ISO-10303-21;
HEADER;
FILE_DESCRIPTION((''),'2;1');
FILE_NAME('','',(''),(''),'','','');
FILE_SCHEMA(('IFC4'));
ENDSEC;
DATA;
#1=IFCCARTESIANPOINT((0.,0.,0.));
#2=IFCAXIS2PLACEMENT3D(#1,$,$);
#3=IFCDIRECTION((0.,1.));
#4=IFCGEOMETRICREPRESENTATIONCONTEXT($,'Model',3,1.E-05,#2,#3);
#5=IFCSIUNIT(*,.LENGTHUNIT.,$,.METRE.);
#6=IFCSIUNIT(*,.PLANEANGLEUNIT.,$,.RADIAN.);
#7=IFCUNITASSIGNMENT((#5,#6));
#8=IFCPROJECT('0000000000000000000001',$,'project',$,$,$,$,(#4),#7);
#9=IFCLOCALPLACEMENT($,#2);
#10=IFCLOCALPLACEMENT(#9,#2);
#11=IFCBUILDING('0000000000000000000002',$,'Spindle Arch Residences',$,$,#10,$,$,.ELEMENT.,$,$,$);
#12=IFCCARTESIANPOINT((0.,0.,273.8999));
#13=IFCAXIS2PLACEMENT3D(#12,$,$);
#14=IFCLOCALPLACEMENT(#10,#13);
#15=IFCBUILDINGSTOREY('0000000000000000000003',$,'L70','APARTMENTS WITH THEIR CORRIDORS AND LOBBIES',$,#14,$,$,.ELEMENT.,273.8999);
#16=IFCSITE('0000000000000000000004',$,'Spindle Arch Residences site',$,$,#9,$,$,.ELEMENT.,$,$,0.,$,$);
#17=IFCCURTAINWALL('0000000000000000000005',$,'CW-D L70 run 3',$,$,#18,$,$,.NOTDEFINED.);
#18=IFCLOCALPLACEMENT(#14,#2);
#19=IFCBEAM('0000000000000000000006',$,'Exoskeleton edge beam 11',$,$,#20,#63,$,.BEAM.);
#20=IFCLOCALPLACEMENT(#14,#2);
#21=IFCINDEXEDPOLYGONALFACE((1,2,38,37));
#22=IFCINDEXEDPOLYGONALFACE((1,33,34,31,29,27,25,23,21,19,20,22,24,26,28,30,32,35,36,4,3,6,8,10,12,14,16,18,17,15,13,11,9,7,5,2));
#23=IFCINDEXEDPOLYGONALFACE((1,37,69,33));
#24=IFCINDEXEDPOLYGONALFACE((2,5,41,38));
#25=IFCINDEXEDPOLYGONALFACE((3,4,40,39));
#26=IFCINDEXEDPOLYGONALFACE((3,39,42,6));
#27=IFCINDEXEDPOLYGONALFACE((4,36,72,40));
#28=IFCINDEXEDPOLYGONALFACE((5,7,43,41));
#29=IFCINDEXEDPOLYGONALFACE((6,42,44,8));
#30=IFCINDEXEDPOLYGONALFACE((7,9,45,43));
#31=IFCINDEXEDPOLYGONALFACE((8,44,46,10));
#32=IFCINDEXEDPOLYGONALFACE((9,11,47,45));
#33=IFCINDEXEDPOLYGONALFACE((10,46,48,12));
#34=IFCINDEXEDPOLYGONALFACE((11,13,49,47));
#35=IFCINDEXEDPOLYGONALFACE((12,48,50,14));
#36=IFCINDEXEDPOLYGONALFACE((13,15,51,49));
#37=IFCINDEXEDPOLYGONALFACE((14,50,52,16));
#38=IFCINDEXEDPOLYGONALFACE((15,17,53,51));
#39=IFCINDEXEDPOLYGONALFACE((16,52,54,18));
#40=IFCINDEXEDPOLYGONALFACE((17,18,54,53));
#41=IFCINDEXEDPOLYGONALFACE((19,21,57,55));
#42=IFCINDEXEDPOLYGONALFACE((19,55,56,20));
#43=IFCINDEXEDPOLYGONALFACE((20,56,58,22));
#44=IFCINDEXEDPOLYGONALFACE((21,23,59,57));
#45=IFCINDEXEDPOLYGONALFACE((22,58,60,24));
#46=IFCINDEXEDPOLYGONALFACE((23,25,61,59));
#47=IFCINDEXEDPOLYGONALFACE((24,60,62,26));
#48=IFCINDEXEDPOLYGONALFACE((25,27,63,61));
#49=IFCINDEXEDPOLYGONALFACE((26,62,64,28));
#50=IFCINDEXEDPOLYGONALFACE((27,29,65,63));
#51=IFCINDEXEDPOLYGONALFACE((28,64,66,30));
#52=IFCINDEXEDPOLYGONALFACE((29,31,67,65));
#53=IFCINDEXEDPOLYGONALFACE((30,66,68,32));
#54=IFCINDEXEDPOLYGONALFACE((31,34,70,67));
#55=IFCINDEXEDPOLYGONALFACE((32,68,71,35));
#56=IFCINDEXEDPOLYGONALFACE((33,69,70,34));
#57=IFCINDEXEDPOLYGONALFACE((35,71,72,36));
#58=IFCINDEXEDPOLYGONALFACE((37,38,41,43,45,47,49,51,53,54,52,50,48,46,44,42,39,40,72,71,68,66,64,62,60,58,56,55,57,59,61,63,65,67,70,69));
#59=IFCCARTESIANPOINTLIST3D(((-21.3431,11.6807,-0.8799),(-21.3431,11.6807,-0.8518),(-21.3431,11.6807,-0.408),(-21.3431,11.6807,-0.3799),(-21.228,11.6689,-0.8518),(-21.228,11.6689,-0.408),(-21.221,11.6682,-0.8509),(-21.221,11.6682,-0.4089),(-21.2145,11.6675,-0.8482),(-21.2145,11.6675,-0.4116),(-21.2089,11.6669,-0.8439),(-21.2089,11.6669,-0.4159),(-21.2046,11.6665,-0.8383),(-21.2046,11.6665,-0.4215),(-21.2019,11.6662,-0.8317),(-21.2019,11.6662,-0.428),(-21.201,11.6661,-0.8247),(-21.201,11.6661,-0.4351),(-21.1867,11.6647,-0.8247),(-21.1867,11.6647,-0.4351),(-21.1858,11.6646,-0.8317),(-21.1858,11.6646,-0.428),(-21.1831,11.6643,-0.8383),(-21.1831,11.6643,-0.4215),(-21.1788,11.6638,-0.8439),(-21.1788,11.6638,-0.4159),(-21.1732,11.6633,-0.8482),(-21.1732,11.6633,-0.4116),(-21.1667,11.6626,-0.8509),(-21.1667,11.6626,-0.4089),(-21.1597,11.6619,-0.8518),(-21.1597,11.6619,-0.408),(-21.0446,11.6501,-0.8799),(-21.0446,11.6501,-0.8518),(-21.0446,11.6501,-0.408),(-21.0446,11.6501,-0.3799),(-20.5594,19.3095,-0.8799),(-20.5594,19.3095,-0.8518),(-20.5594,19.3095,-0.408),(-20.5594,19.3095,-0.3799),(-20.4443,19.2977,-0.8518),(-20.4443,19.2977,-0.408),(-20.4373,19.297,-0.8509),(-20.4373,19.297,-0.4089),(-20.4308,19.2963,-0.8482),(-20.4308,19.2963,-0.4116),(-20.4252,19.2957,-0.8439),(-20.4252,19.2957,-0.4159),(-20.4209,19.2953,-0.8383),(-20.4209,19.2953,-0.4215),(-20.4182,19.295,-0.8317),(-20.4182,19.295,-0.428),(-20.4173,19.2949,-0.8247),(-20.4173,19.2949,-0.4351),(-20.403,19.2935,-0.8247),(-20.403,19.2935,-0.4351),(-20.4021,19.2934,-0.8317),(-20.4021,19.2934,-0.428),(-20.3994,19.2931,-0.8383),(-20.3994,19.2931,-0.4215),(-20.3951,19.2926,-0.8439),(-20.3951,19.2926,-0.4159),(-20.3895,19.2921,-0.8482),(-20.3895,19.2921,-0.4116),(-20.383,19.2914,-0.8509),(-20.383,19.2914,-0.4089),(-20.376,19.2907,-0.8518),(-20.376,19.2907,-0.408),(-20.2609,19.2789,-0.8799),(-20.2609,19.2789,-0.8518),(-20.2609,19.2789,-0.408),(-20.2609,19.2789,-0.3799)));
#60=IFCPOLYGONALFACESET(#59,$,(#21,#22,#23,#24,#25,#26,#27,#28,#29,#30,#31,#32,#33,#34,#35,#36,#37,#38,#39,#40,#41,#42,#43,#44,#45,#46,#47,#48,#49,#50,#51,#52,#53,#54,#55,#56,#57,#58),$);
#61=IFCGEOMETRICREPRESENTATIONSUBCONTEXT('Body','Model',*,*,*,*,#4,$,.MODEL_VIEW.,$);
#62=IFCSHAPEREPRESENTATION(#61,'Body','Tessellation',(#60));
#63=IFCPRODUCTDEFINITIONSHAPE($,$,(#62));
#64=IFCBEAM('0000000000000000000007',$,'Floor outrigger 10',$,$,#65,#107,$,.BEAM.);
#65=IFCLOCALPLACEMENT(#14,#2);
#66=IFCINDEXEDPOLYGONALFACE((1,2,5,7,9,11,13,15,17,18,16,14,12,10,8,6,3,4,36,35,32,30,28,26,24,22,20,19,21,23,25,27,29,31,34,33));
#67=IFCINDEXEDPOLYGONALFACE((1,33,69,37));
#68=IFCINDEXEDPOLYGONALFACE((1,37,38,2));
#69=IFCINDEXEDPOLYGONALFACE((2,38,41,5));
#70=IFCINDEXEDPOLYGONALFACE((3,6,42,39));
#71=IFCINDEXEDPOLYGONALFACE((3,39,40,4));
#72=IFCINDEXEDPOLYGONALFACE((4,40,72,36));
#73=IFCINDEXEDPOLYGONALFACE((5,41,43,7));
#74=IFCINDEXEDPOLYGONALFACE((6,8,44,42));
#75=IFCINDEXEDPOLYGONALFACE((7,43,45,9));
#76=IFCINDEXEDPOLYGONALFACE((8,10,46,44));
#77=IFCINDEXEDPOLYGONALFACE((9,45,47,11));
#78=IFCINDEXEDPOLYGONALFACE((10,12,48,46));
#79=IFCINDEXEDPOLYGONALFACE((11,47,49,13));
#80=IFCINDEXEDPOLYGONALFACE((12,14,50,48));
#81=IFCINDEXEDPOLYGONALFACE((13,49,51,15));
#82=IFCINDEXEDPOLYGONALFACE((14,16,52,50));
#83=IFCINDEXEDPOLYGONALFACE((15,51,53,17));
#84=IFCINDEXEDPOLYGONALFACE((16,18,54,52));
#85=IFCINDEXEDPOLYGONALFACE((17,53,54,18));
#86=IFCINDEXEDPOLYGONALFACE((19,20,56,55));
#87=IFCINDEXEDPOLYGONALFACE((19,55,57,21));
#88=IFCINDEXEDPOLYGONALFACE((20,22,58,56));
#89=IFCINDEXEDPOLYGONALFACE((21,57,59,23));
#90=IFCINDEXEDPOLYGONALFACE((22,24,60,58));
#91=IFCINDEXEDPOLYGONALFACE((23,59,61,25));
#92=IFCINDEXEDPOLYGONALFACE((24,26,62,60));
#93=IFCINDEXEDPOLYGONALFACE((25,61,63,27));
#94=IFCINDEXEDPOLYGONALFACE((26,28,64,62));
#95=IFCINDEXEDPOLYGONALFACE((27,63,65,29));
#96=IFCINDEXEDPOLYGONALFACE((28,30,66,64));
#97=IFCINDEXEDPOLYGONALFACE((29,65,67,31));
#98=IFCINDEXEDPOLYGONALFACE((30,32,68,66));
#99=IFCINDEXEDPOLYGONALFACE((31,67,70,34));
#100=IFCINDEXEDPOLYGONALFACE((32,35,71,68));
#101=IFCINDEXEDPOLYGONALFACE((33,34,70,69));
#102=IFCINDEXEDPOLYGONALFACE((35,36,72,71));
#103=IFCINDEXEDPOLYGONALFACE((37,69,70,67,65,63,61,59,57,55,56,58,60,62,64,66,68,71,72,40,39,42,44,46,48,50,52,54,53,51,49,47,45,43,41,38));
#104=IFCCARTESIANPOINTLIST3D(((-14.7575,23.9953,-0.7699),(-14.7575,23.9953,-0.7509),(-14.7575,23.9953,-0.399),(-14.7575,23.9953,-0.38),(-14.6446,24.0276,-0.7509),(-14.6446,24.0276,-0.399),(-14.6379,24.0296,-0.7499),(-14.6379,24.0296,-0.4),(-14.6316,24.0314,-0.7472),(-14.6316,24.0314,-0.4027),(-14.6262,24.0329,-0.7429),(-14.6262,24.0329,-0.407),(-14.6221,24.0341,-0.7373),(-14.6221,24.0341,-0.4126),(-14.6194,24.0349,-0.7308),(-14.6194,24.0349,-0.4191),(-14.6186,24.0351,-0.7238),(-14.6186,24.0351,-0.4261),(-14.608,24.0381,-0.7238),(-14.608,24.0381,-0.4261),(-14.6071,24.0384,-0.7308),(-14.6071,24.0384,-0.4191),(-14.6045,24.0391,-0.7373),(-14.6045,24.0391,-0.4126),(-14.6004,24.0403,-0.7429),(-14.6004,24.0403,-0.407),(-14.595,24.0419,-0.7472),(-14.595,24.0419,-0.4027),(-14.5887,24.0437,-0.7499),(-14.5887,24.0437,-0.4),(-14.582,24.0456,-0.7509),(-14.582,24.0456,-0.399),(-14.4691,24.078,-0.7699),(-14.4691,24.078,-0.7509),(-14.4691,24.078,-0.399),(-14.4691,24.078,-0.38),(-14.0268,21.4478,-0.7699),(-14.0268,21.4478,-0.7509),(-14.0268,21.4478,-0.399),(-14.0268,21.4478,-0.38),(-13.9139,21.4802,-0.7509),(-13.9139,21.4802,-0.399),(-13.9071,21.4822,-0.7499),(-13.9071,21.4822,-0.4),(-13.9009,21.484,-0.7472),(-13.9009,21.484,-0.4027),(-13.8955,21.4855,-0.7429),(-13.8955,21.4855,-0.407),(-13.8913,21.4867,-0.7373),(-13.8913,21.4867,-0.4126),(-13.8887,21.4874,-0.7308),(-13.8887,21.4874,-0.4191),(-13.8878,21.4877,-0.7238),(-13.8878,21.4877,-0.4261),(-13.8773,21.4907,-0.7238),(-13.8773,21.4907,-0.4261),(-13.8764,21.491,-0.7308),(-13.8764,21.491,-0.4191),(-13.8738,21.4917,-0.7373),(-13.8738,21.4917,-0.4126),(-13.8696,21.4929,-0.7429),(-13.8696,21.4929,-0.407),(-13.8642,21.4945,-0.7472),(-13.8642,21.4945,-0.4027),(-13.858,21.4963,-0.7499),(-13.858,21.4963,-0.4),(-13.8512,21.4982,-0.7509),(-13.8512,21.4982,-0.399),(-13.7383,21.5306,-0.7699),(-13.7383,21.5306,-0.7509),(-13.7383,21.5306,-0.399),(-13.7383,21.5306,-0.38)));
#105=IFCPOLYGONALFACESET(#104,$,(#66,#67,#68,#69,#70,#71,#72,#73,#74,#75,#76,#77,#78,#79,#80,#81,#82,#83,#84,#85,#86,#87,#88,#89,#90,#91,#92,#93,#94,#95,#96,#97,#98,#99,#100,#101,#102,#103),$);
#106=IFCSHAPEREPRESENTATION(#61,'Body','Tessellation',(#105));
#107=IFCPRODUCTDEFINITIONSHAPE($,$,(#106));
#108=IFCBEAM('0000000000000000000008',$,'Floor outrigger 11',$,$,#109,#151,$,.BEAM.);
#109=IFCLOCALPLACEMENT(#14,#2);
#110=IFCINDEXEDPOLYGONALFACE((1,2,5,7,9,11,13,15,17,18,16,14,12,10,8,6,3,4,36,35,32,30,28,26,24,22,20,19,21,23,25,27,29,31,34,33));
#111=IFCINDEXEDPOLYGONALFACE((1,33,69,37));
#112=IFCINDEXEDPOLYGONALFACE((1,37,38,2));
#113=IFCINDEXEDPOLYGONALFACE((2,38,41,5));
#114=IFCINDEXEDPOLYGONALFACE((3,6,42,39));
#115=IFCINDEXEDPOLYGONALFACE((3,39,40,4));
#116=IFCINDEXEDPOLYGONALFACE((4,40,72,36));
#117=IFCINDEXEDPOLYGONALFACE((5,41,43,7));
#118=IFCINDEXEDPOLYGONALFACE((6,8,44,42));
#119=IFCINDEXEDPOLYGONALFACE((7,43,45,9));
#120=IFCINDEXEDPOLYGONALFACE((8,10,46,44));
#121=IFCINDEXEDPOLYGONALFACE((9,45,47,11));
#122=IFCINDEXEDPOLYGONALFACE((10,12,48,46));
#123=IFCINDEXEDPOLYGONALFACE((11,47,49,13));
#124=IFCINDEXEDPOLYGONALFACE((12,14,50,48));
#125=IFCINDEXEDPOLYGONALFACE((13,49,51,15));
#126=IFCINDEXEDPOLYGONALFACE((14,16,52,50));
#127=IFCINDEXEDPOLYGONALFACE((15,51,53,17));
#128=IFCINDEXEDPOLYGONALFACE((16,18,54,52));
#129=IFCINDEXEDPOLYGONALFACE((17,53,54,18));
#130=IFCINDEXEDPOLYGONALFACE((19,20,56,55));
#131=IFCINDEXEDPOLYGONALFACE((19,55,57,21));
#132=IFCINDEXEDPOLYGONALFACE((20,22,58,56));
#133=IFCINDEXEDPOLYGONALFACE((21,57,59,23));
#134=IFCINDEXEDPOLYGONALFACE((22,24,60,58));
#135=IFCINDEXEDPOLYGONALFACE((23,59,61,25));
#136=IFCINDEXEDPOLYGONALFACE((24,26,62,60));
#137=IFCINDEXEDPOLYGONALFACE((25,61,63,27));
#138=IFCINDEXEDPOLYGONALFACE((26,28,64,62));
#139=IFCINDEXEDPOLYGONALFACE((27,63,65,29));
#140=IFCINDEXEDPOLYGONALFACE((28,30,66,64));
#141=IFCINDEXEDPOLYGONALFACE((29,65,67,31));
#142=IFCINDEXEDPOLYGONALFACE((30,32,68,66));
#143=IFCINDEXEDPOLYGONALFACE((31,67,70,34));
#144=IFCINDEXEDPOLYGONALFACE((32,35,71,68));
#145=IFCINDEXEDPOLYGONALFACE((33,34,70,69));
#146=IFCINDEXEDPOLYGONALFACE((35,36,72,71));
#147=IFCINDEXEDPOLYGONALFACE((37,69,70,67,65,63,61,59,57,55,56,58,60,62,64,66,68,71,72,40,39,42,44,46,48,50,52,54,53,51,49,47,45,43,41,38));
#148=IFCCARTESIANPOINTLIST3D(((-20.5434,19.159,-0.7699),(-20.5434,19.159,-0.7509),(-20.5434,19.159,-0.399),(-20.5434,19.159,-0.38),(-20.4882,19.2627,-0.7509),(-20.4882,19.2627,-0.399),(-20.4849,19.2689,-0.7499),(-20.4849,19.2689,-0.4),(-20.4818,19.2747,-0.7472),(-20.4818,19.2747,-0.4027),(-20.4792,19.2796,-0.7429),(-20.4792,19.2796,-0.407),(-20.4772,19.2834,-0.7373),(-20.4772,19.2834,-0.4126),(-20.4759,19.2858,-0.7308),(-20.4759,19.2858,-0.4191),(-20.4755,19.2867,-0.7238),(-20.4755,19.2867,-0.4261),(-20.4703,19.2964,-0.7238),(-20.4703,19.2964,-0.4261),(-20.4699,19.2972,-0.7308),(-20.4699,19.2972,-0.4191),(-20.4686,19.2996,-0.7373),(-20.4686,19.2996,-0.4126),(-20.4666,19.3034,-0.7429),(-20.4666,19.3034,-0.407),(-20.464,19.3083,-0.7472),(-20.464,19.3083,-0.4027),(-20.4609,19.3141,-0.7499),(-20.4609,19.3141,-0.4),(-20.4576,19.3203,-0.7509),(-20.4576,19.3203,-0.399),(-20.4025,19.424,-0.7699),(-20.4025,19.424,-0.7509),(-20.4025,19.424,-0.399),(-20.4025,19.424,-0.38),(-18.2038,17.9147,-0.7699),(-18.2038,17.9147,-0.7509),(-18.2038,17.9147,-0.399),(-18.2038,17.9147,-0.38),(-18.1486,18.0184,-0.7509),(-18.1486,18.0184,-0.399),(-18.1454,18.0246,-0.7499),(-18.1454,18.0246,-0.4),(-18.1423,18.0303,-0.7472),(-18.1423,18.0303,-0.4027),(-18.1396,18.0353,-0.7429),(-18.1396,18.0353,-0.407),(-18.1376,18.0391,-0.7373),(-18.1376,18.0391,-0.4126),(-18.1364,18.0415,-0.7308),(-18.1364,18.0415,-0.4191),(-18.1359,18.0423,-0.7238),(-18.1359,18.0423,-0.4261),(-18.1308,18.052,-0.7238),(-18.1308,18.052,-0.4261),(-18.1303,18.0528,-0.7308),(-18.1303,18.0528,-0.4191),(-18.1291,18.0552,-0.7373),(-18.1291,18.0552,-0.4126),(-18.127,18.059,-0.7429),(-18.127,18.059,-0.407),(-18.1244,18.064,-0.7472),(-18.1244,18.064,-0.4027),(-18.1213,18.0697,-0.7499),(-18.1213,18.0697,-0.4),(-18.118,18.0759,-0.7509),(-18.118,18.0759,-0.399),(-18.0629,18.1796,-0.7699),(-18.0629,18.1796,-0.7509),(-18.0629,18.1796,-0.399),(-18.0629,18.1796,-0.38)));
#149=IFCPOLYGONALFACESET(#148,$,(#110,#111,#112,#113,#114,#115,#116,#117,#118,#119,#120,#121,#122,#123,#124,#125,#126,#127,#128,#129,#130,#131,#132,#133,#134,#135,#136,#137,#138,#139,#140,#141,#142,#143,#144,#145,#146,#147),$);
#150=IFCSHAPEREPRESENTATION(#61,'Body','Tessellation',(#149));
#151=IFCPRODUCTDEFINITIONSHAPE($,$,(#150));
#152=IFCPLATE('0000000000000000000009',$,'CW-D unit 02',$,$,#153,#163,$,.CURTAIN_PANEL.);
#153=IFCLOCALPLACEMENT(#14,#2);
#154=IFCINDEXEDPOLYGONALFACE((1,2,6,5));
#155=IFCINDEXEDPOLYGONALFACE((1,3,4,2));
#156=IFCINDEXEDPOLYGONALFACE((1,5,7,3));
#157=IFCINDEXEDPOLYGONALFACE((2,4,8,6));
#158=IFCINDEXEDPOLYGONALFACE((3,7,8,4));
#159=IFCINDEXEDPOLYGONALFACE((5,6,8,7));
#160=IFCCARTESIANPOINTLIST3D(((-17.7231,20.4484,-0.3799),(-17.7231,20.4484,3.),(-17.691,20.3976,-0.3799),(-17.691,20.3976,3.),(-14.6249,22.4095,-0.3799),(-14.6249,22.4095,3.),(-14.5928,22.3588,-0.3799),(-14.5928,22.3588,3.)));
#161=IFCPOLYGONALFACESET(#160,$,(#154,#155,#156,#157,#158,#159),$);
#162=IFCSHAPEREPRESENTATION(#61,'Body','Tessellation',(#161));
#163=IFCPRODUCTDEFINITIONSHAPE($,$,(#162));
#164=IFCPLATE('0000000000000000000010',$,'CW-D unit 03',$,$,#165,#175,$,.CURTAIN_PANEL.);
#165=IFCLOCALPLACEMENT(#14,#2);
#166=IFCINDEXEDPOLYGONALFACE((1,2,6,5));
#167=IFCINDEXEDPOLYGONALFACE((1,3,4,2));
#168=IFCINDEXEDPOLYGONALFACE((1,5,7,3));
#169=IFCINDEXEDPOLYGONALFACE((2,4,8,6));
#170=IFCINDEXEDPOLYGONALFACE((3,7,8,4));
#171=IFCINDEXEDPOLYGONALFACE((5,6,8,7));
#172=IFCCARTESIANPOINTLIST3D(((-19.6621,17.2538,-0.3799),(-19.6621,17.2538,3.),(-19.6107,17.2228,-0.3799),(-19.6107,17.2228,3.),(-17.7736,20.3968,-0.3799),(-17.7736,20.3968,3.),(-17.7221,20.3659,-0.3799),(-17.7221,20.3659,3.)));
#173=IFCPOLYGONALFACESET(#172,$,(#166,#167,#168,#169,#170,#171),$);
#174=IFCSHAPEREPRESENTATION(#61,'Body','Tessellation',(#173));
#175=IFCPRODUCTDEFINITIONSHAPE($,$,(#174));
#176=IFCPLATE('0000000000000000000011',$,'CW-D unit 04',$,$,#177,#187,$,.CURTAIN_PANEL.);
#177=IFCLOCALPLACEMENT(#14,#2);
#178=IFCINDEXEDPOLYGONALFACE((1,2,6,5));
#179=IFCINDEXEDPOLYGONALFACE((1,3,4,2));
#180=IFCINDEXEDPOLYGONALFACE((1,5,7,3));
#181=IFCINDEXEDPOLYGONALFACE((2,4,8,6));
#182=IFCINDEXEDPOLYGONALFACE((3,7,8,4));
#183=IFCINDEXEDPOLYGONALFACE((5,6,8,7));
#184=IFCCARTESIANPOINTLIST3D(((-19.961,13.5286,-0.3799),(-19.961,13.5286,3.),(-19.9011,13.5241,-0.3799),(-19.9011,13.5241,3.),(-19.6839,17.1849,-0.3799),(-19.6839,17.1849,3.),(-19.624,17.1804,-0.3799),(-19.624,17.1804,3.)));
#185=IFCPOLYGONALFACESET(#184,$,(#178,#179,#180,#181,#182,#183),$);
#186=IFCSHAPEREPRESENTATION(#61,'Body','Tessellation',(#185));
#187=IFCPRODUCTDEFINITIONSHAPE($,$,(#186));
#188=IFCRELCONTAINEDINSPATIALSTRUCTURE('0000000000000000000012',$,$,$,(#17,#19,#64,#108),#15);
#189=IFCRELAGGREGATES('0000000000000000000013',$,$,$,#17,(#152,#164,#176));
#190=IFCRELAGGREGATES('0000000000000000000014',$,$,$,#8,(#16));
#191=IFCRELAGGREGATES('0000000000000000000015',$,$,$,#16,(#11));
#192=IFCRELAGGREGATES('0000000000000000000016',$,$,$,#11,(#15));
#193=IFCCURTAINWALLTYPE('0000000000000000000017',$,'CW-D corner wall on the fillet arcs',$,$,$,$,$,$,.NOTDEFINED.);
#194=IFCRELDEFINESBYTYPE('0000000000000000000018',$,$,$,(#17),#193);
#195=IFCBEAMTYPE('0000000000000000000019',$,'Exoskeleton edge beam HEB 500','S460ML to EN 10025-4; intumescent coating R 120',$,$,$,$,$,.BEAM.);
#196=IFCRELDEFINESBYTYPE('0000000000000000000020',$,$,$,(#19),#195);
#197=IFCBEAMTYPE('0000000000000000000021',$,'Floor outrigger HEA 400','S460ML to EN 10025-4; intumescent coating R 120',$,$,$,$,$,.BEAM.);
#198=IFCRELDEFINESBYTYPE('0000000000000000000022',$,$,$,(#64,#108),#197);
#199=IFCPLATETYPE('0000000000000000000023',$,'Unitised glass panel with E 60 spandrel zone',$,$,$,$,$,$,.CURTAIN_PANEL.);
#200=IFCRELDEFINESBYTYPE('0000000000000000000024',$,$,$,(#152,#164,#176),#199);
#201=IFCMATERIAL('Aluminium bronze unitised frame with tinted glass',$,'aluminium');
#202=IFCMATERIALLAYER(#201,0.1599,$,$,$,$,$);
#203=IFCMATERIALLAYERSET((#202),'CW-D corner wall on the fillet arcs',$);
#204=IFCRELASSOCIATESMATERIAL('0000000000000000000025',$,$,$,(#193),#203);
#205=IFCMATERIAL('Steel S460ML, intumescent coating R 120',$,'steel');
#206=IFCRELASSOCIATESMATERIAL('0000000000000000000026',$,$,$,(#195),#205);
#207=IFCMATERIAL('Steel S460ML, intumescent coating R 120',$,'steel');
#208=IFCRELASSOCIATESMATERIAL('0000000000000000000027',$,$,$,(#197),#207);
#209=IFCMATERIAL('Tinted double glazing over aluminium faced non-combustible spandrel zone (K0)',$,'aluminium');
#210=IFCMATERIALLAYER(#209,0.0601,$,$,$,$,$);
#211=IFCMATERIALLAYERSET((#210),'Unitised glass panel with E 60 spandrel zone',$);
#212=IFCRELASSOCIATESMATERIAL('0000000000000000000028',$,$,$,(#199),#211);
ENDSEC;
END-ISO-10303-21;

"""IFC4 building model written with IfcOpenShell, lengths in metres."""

from ifc_helpers import new_model, si_unit, direction, frame, origin, origin_2d, place, context, subcontext, project, spatial, rectangle, i_section, extrude, material, layer, layer_set, material_profile, profile_set, type_object, element, aggregate, save


model = new_model("IFC4")

# Units and contexts
model_context = context("Model", 3, precision=1e-05, world=origin(), true_north=direction((0.0, 1.0)))
body_context = subcontext(model_context, "Body", "Model", "MODEL_VIEW")
ifc_project = project(units=[si_unit("LENGTHUNIT", "METRE"), si_unit("PLANEANGLEUNIT", "RADIAN")], contexts=[model_context])

# Site, building, storey
site_placement = place(None, origin())
site = spatial("IfcSite", under=ifc_project, at=site_placement, Name="Spindle Arch Residences site", CompositionType="ELEMENT", RefElevation=0.0)
building_placement = place(site_placement, origin())
building = spatial("IfcBuilding", under=site, at=building_placement, Name="Spindle Arch Residences", CompositionType="ELEMENT")
storey_placement = place(building_placement, frame((0.0, 0.0, 273.8999)))
storey = spatial("IfcBuildingStorey", under=building, at=storey_placement, Name="L70", Description="APARTMENTS WITH THEIR CORRIDORS AND LOBBIES", CompositionType="ELEMENT", Elevation=273.8999)

# Curtain wall
ifc_material_1 = material(Name="Aluminium bronze unitised frame with tinted glass", Category="aluminium")
ifc_layer_1 = layer(ifc_material_1, 0.1599)
ifc_layer_set_1 = layer_set([ifc_layer_1], Name="CW-D corner wall on the fillet arcs")
curtain_wall_type = type_object("IfcCurtainWallType", Name="CW-D corner wall on the fillet arcs", PredefinedType="NOTDEFINED", material=ifc_layer_set_1)
curtain_wall_placement = place(storey_placement, origin())
curtain_wall = element("IfcCurtainWall", 1, at=curtain_wall_placement, inside=storey, type_object=curtain_wall_type, Name="CW-D L70 run 3", PredefinedType="NOTDEFINED")

# Beams
ifc_material_2 = material(Name="Steel S460ML, intumescent coating R 120", Category="steel")
ifc_material_profile_1 = material_profile(ifc_material_2, i_section(OverallWidth=0.3, OverallDepth=0.5, WebThickness=0.0144, FlangeThickness=0.0281, FilletRadius=0.0271, at=origin_2d()), Name="HEB 500")
ifc_profile_set_1 = profile_set([ifc_material_profile_1], Name="Steel S460ML, intumescent coating R 120")
beam_type_1 = type_object("IfcBeamType", Name="Exoskeleton edge beam HEB 500", Description="S460ML to EN 10025-4; intumescent coating R 120", PredefinedType="BEAM", material=ifc_profile_set_1)
beam_1_placement = place(storey_placement, frame((-20.4102, 19.2942, -0.6299), z_axis=(-0.102189, -0.994765, 0.0), x_axis=(0.994765, -0.102189, 0.0)))
element("IfcBeam", 2, at=beam_1_placement, inside=storey, type_object=beam_type_1, Name="Exoskeleton edge beam 11", PredefinedType="BEAM", context=body_context, shape_type="SweptSolid", body=[
    extrude(i_section(OverallWidth=0.3, OverallDepth=0.5, WebThickness=0.0144, FlangeThickness=0.0281, FilletRadius=0.0271, at=origin_2d()), origin(), (0.0, 0.0, 1.0), 7.6689),
])
ifc_material_3 = material(Name="Steel S460ML, intumescent coating R 120", Category="steel")
ifc_material_profile_2 = material_profile(ifc_material_3, i_section(OverallWidth=0.3, OverallDepth=0.3899, WebThickness=0.011, FlangeThickness=0.019, FilletRadius=0.0271, at=origin_2d()), Name="HEA 400")
ifc_profile_set_2 = profile_set([ifc_material_profile_2], Name="Steel S460ML, intumescent coating R 120")
beam_type_2 = type_object("IfcBeamType", Name="Floor outrigger HEA 400", Description="S460ML to EN 10025-4; intumescent coating R 120", PredefinedType="BEAM", material=ifc_profile_set_2)
beam_2_placement = place(storey_placement, frame((-14.6133, 24.0366, -0.575), z_axis=(0.275731, -0.961235, 0.0), x_axis=(0.961235, 0.275731, 0.0)))
element("IfcBeam", 3, at=beam_2_placement, inside=storey, type_object=beam_type_2, Name="Floor outrigger 10", PredefinedType="BEAM", context=body_context, shape_type="SweptSolid", body=[
    extrude(i_section(OverallWidth=0.3, OverallDepth=0.3899, WebThickness=0.011, FlangeThickness=0.019, FilletRadius=0.0271, at=origin_2d()), origin(), (0.0, 0.0, 1.0), 2.6501),
])
beam_3_placement = place(storey_placement, frame((-20.4729, 19.2915, -0.575), z_axis=(0.882885, -0.469589, 0.0), x_axis=(0.469589, 0.882885, 0.0)))
element("IfcBeam", 4, at=beam_3_placement, inside=storey, type_object=beam_type_2, Name="Floor outrigger 11", PredefinedType="BEAM", context=body_context, shape_type="SweptSolid", body=[
    extrude(i_section(OverallWidth=0.3, OverallDepth=0.3899, WebThickness=0.011, FlangeThickness=0.019, FilletRadius=0.0271, at=origin_2d()), origin(), (0.0, 0.0, 1.0), 2.6499),
])

# Plates
ifc_material_4 = material(Name="Tinted double glazing over aluminium faced non-combustible spandrel zone (K0)", Category="aluminium")
ifc_layer_2 = layer(ifc_material_4, 0.0601)
ifc_layer_set_2 = layer_set([ifc_layer_2], Name="Unitised glass panel with E 60 spandrel zone")
plate_type = type_object("IfcPlateType", Name="Unitised glass panel with E 60 spandrel zone", PredefinedType="CURTAIN_PANEL", material=ifc_layer_set_2)
plate_1_placement = place(storey_placement, frame((-16.158, 21.4036, -0.3799), z_axis=(0.0, 0.0, 1.0), x_axis=(-0.844951, -0.534844, 0.0)))
plate_1 = element("IfcPlate", 5, at=plate_1_placement, type_object=plate_type, Name="CW-D unit 02", PredefinedType="CURTAIN_PANEL", context=body_context, shape_type="SweptSolid", body=[
    extrude(rectangle(XDim=3.6667, YDim=0.0601, at=origin_2d()), origin(), (0.0, 0.0, 1.0), 3.3799),
])
plate_2_placement = place(storey_placement, frame((-18.6921, 18.8098, -0.3799), z_axis=(0.0, 0.0, 1.0), x_axis=(-0.515038, -0.857167, 0.0)))
plate_2 = element("IfcPlate", 6, at=plate_2_placement, type_object=plate_type, Name="CW-D unit 03", PredefinedType="CURTAIN_PANEL", context=body_context, shape_type="SweptSolid", body=[
    extrude(rectangle(XDim=3.6667, YDim=0.0601, at=origin_2d()), origin(), (0.0, 0.0, 1.0), 3.3799),
])
plate_3_placement = place(storey_placement, frame((-19.7925, 15.3545, -0.3799), z_axis=(0.0, 0.0, 1.0), x_axis=(-0.075559, -0.997141, 0.0)))
plate_3 = element("IfcPlate", 7, at=plate_3_placement, type_object=plate_type, Name="CW-D unit 04", PredefinedType="CURTAIN_PANEL", context=body_context, shape_type="SweptSolid", body=[
    extrude(rectangle(XDim=3.6667, YDim=0.0601, at=origin_2d()), origin(), (0.0, 0.0, 1.0), 3.3799),
])
aggregate(curtain_wall, [plate_1, plate_2, plate_3])

save(model, "model.ifc")
